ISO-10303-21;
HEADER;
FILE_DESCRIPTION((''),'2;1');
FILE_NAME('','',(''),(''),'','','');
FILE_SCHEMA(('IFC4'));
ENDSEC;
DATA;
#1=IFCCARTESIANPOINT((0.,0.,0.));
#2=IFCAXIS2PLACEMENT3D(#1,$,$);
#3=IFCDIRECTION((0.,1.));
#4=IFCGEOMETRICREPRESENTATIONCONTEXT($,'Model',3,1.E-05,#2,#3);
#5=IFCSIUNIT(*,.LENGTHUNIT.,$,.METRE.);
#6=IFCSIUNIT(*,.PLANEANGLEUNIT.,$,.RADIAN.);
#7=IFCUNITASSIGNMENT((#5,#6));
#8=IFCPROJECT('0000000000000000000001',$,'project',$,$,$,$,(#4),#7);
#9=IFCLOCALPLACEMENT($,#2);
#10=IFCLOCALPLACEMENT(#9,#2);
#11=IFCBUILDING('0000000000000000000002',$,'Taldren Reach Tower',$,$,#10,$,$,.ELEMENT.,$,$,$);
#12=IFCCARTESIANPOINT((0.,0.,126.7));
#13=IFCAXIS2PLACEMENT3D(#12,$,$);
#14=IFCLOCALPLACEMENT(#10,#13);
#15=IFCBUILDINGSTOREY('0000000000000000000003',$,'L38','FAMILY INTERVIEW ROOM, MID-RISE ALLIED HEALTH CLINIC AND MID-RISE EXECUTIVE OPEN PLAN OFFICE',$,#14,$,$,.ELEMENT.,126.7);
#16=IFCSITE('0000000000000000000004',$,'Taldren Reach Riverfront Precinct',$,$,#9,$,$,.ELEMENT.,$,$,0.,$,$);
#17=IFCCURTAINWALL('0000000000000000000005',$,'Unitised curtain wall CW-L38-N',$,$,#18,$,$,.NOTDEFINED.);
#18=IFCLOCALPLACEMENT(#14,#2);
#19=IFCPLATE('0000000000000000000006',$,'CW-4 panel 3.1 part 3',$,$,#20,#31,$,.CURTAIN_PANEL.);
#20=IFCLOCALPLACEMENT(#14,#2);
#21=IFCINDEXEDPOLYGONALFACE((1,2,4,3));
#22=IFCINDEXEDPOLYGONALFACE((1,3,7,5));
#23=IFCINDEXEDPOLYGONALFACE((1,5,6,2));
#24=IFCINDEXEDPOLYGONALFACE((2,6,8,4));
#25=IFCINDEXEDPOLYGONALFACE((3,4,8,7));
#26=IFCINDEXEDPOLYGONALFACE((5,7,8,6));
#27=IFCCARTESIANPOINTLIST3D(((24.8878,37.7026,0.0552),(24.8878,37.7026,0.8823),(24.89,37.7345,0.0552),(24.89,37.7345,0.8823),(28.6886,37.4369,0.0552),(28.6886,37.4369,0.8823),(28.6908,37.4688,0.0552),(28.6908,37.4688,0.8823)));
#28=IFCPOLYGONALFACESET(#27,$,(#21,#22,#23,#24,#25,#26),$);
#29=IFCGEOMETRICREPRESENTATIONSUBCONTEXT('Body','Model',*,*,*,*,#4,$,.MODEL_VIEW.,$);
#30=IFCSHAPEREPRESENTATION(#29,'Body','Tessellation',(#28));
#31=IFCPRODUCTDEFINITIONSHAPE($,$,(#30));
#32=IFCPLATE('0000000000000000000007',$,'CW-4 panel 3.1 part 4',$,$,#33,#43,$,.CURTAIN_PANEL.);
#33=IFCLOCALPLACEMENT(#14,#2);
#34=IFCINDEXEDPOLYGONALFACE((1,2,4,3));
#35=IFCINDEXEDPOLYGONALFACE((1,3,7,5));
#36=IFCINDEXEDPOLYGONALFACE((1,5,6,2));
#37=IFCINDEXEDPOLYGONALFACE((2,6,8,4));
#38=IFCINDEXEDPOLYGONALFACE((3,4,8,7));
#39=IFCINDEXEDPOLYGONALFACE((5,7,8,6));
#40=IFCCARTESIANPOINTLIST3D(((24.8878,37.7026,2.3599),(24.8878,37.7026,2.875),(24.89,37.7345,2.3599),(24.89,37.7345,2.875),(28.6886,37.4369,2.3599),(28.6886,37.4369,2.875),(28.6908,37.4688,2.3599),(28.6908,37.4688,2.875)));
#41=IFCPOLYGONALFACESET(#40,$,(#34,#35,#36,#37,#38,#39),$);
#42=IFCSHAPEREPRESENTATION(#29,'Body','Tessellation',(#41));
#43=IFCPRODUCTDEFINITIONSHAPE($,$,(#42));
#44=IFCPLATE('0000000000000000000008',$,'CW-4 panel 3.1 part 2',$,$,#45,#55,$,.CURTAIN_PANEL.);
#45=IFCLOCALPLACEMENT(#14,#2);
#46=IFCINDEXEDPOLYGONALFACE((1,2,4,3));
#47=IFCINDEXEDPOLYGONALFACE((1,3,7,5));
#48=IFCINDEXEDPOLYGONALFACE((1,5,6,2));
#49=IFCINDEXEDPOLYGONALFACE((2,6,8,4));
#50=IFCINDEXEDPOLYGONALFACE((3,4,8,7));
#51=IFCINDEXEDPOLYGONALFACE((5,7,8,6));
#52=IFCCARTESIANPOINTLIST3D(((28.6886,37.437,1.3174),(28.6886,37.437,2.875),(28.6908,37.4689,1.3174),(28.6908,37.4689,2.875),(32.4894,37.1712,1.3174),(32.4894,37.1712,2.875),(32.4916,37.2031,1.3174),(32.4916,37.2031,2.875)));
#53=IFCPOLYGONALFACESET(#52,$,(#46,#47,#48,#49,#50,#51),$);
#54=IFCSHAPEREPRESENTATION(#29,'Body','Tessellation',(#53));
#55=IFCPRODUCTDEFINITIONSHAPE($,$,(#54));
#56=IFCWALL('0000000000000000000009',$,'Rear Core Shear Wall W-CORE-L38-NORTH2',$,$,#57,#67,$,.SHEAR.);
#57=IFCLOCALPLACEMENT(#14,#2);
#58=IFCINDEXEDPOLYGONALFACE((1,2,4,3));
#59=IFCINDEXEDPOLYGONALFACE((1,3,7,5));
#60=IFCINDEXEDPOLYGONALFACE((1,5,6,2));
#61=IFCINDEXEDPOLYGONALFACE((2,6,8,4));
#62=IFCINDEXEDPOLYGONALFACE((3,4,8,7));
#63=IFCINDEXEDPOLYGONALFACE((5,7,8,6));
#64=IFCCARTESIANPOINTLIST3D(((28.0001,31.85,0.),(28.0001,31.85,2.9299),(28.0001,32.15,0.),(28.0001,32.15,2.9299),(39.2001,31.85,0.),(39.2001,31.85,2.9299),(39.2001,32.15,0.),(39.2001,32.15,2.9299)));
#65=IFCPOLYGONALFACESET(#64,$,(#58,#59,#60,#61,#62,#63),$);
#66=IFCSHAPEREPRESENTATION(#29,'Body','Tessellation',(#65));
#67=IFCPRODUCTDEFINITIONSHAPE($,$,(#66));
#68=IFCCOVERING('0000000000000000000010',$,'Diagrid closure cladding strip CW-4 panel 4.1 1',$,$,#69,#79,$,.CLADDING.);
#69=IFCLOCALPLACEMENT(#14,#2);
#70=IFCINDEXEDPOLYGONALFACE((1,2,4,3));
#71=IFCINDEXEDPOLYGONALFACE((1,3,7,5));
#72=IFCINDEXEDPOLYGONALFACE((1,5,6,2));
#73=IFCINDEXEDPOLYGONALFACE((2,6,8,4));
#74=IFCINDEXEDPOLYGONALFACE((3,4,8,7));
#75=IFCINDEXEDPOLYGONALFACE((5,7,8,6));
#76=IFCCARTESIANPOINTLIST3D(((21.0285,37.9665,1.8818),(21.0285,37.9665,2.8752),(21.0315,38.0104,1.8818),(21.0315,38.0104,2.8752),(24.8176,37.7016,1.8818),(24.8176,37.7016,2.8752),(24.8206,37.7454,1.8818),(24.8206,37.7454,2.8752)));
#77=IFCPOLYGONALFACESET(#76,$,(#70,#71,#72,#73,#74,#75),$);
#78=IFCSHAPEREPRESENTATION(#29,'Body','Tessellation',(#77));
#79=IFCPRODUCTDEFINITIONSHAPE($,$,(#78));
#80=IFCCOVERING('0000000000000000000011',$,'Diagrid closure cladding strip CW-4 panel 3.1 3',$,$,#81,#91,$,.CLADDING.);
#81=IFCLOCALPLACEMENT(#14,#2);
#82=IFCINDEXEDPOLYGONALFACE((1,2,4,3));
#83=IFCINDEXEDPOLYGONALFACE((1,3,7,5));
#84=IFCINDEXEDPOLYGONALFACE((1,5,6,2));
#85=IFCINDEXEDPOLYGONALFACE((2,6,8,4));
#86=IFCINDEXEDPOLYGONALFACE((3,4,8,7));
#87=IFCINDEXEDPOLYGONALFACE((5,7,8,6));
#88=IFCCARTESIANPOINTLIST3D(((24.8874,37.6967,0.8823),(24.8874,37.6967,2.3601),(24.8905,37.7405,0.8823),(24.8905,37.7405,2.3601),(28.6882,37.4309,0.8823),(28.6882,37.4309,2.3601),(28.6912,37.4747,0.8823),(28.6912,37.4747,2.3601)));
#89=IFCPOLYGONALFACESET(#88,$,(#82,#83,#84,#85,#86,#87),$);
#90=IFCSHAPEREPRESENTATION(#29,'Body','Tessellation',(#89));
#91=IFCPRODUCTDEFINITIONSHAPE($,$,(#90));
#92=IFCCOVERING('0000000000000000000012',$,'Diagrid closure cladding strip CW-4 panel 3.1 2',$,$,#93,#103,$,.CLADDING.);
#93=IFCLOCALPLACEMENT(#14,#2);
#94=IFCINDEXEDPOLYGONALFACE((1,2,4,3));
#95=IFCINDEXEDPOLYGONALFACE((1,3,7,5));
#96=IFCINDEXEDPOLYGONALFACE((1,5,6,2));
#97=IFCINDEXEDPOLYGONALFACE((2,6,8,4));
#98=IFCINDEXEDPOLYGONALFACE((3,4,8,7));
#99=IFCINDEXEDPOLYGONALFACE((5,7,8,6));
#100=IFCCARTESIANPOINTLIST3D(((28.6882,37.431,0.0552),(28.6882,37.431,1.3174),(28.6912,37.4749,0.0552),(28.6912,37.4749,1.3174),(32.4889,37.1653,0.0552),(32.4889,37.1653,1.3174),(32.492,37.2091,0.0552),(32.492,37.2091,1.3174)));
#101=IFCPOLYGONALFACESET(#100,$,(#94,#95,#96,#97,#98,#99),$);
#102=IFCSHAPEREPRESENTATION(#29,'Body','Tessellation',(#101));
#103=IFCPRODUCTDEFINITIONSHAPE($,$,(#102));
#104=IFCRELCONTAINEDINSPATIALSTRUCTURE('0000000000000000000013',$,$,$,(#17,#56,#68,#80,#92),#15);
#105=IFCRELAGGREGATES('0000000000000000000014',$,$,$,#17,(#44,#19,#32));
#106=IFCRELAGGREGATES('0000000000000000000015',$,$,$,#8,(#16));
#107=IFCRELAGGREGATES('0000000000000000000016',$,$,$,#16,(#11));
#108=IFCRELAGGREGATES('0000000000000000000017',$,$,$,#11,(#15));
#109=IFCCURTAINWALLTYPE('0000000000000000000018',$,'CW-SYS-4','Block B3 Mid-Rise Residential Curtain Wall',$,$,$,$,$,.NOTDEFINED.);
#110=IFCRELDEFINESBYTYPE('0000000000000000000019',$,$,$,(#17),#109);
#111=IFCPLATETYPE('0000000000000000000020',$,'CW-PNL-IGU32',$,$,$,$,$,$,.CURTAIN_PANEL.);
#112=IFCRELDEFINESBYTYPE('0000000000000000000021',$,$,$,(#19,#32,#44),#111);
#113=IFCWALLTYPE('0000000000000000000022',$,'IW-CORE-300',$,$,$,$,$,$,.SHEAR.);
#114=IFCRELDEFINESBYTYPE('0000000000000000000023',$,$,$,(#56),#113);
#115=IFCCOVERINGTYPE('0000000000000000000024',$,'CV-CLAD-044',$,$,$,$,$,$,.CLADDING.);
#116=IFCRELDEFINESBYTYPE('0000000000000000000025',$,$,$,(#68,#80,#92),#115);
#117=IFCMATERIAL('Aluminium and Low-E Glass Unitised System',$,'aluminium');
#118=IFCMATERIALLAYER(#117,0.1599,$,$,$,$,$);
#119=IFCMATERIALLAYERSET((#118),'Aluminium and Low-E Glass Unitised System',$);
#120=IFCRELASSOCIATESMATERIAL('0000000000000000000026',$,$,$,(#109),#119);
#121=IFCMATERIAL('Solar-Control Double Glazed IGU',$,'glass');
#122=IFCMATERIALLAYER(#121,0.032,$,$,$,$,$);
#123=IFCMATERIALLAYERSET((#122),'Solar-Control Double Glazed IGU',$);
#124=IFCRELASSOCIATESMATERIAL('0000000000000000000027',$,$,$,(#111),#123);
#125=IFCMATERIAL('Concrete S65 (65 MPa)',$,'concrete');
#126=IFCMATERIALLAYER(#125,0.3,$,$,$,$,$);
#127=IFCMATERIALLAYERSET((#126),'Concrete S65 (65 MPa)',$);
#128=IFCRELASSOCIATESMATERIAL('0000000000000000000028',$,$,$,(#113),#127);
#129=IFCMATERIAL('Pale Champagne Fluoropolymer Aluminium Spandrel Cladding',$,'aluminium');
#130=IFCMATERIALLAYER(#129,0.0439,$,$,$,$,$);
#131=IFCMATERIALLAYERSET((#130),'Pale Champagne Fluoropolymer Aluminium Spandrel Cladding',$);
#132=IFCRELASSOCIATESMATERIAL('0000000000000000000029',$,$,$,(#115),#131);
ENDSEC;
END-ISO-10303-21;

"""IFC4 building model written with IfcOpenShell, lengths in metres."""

from ifc_helpers import new_model, si_unit, direction, frame, frame_2d, origin, origin_2d, place, context, subcontext, project, spatial, rectangle, extrude, source, transform, mapped, material, layer, layer_set, type_object, element, aggregate, save


model = new_model("IFC4")

# Units and contexts
model_context = context("Model", 3, precision=1e-05, world=origin(), true_north=direction((0.0, 1.0)))
body_context = subcontext(model_context, "Body", "Model", "MODEL_VIEW")
ifc_project = project(units=[si_unit("LENGTHUNIT", "METRE"), si_unit("PLANEANGLEUNIT", "RADIAN")], contexts=[model_context])

# Site, building, storey
site_placement = place(None, origin())
site = spatial("IfcSite", under=ifc_project, at=site_placement, Name="Taldren Reach Riverfront Precinct", CompositionType="ELEMENT", RefElevation=0.0)
building_placement = place(site_placement, origin())
building = spatial("IfcBuilding", under=site, at=building_placement, Name="Taldren Reach Tower", CompositionType="ELEMENT")
storey_placement = place(building_placement, frame((0.0, 0.0, 126.7)))
storey = spatial("IfcBuildingStorey", under=building, at=storey_placement, Name="L38", Description="FAMILY INTERVIEW ROOM, MID-RISE ALLIED HEALTH CLINIC AND MID-RISE EXECUTIVE OPEN PLAN OFFICE", CompositionType="ELEMENT", Elevation=126.7)

# Curtain wall
ifc_material_1 = material(Name="Aluminium and Low-E Glass Unitised System", Category="aluminium")
ifc_layer_1 = layer(ifc_material_1, 0.1599)
ifc_layer_set_1 = layer_set([ifc_layer_1], Name="Aluminium and Low-E Glass Unitised System")
curtain_wall_type = type_object("IfcCurtainWallType", Name="CW-SYS-4", Description="Block B3 Mid-Rise Residential Curtain Wall", PredefinedType="NOTDEFINED", material=ifc_layer_set_1)
curtain_wall_placement = place(storey_placement, origin())
curtain_wall = element("IfcCurtainWall", 1, at=curtain_wall_placement, inside=storey, type_object=curtain_wall_type, Name="Unitised curtain wall CW-L38-N", PredefinedType="NOTDEFINED")

# Plates
ifc_material_2 = material(Name="Solar-Control Double Glazed IGU", Category="glass")
ifc_layer_2 = layer(ifc_material_2, 0.032)
ifc_layer_set_2 = layer_set([ifc_layer_2], Name="Solar-Control Double Glazed IGU")
plate_type_1 = type_object("IfcPlateType", Name="CW-PNL-IGU32", PredefinedType="CURTAIN_PANEL", material=ifc_layer_set_2)
shared_shape_1 = source(origin(), body_context, "Body", "SweptSolid", [
    extrude(rectangle(XDim=3.8101, YDim=0.032, at=origin_2d()), origin(), (0.0, 0.0, 1.0), 0.8271),
])
plate_1_placement = place(storey_placement, frame((26.7893, 37.5857, 0.0552), z_axis=(0.0, 0.0, 1.0), x_axis=(-0.997564, 0.069757, 0.0)))
plate_1 = element("IfcPlate", 2, at=plate_1_placement, type_object=plate_type_1, Name="CW-4 panel 3.1 part 3", PredefinedType="CURTAIN_PANEL", context=body_context, shape_type="MappedRepresentation", body=[
    mapped(shared_shape_1, transform((0.0, 0.0, 0.0), scale=1.0)),
])
shared_shape_2 = source(origin(), body_context, "Body", "SweptSolid", [
    extrude(rectangle(XDim=3.8101, YDim=0.032, at=origin_2d()), origin(), (0.0, 0.0, 1.0), 0.5151),
])
plate_2_placement = place(storey_placement, frame((26.7893, 37.5857, 2.3599), z_axis=(0.0, 0.0, 1.0), x_axis=(-0.997564, 0.069757, 0.0)))
plate_2 = element("IfcPlate", 3, at=plate_2_placement, type_object=plate_type_1, Name="CW-4 panel 3.1 part 4", PredefinedType="CURTAIN_PANEL", context=body_context, shape_type="MappedRepresentation", body=[
    mapped(shared_shape_2, transform((0.0, 0.0, 0.0), scale=1.0)),
])
shared_shape_3 = source(origin(), body_context, "Body", "SweptSolid", [
    extrude(rectangle(XDim=3.8101, YDim=0.032, at=origin_2d()), origin(), (0.0, 0.0, 1.0), 1.5576),
])
plate_3_placement = place(storey_placement, frame((30.5901, 37.3201, 1.3174), z_axis=(0.0, 0.0, 1.0), x_axis=(-0.997564, 0.069757, 0.0)))
plate_3 = element("IfcPlate", 4, at=plate_3_placement, type_object=plate_type_1, Name="CW-4 panel 3.1 part 2", PredefinedType="CURTAIN_PANEL", context=body_context, shape_type="MappedRepresentation", body=[
    mapped(shared_shape_3, transform((0.0, 0.0, 0.0), scale=1.0)),
])
aggregate(curtain_wall, [plate_3, plate_1, plate_2])

# Wall
ifc_material_3 = material(Name="Concrete S65 (65 MPa)", Category="concrete")
ifc_layer_3 = layer(ifc_material_3, 0.3)
ifc_layer_set_3 = layer_set([ifc_layer_3], Name="Concrete S65 (65 MPa)")
wall_type = type_object("IfcWallType", Name="IW-CORE-300", PredefinedType="SHEAR", material=ifc_layer_set_3)
shared_shape_4 = source(origin(), body_context, "Body", "SweptSolid", [
    extrude(rectangle(XDim=11.2, YDim=0.3, at=frame_2d((5.6001, 0.0))), origin(), (0.0, 0.0, 1.0), 2.9299),
])
wall_placement = place(storey_placement, frame((28.0, 32.0, 0.0), z_axis=(0.0, 0.0, 1.0), x_axis=(1.0, 0.0, 0.0)))
element("IfcWall", 5, at=wall_placement, inside=storey, type_object=wall_type, Name="Rear Core Shear Wall W-CORE-L38-NORTH2", PredefinedType="SHEAR", context=body_context, shape_type="MappedRepresentation", body=[
    mapped(shared_shape_4, transform((0.0, 0.0, 0.0), scale=1.0)),
])

# Coverings
ifc_material_4 = material(Name="Pale Champagne Fluoropolymer Aluminium Spandrel Cladding", Category="aluminium")
ifc_layer_4 = layer(ifc_material_4, 0.0439)
ifc_layer_set_4 = layer_set([ifc_layer_4], Name="Pale Champagne Fluoropolymer Aluminium Spandrel Cladding")
covering_type = type_object("IfcCoveringType", Name="CV-CLAD-044", PredefinedType="CLADDING", material=ifc_layer_set_4)
shared_shape_5 = source(origin(), body_context, "Body", "SweptSolid", [
    extrude(rectangle(XDim=3.7983, YDim=0.0439, at=origin_2d()), origin(), (0.0, 0.0, 1.0), 0.9934),
])
covering_1_placement = place(storey_placement, frame((22.9246, 37.856, 1.8818), z_axis=(0.0, 0.0, 1.0), x_axis=(-0.997564, 0.069757, 0.0)))
element("IfcCovering", 6, at=covering_1_placement, inside=storey, type_object=covering_type, Name="Diagrid closure cladding strip CW-4 panel 4.1 1", PredefinedType="CLADDING", context=body_context, shape_type="MappedRepresentation", body=[
    mapped(shared_shape_5, transform((0.0, 0.0, 0.0), scale=1.0)),
])
shared_shape_6 = source(origin(), body_context, "Body", "SweptSolid", [
    extrude(rectangle(XDim=3.8101, YDim=0.0439, at=origin_2d()), origin(), (0.0, 0.0, 1.0), 1.4778),
])
covering_2_placement = place(storey_placement, frame((26.7893, 37.5857, 0.8823), z_axis=(0.0, 0.0, 1.0), x_axis=(-0.997564, 0.069757, 0.0)))
element("IfcCovering", 7, at=covering_2_placement, inside=storey, type_object=covering_type, Name="Diagrid closure cladding strip CW-4 panel 3.1 3", PredefinedType="CLADDING", context=body_context, shape_type="MappedRepresentation", body=[
    mapped(shared_shape_6, transform((0.0, 0.0, 0.0), scale=1.0)),
])
shared_shape_7 = source(origin(), body_context, "Body", "SweptSolid", [
    extrude(rectangle(XDim=3.8101, YDim=0.0439, at=origin_2d()), origin(), (0.0, 0.0, 1.0), 1.2622),
])
covering_3_placement = place(storey_placement, frame((30.5901, 37.3201, 0.0552), z_axis=(0.0, 0.0, 1.0), x_axis=(-0.997564, 0.069757, 0.0)))
element("IfcCovering", 8, at=covering_3_placement, inside=storey, type_object=covering_type, Name="Diagrid closure cladding strip CW-4 panel 3.1 2", PredefinedType="CLADDING", context=body_context, shape_type="MappedRepresentation", body=[
    mapped(shared_shape_7, transform((0.0, 0.0, 0.0), scale=1.0)),
])

save(model, "model.ifc")
